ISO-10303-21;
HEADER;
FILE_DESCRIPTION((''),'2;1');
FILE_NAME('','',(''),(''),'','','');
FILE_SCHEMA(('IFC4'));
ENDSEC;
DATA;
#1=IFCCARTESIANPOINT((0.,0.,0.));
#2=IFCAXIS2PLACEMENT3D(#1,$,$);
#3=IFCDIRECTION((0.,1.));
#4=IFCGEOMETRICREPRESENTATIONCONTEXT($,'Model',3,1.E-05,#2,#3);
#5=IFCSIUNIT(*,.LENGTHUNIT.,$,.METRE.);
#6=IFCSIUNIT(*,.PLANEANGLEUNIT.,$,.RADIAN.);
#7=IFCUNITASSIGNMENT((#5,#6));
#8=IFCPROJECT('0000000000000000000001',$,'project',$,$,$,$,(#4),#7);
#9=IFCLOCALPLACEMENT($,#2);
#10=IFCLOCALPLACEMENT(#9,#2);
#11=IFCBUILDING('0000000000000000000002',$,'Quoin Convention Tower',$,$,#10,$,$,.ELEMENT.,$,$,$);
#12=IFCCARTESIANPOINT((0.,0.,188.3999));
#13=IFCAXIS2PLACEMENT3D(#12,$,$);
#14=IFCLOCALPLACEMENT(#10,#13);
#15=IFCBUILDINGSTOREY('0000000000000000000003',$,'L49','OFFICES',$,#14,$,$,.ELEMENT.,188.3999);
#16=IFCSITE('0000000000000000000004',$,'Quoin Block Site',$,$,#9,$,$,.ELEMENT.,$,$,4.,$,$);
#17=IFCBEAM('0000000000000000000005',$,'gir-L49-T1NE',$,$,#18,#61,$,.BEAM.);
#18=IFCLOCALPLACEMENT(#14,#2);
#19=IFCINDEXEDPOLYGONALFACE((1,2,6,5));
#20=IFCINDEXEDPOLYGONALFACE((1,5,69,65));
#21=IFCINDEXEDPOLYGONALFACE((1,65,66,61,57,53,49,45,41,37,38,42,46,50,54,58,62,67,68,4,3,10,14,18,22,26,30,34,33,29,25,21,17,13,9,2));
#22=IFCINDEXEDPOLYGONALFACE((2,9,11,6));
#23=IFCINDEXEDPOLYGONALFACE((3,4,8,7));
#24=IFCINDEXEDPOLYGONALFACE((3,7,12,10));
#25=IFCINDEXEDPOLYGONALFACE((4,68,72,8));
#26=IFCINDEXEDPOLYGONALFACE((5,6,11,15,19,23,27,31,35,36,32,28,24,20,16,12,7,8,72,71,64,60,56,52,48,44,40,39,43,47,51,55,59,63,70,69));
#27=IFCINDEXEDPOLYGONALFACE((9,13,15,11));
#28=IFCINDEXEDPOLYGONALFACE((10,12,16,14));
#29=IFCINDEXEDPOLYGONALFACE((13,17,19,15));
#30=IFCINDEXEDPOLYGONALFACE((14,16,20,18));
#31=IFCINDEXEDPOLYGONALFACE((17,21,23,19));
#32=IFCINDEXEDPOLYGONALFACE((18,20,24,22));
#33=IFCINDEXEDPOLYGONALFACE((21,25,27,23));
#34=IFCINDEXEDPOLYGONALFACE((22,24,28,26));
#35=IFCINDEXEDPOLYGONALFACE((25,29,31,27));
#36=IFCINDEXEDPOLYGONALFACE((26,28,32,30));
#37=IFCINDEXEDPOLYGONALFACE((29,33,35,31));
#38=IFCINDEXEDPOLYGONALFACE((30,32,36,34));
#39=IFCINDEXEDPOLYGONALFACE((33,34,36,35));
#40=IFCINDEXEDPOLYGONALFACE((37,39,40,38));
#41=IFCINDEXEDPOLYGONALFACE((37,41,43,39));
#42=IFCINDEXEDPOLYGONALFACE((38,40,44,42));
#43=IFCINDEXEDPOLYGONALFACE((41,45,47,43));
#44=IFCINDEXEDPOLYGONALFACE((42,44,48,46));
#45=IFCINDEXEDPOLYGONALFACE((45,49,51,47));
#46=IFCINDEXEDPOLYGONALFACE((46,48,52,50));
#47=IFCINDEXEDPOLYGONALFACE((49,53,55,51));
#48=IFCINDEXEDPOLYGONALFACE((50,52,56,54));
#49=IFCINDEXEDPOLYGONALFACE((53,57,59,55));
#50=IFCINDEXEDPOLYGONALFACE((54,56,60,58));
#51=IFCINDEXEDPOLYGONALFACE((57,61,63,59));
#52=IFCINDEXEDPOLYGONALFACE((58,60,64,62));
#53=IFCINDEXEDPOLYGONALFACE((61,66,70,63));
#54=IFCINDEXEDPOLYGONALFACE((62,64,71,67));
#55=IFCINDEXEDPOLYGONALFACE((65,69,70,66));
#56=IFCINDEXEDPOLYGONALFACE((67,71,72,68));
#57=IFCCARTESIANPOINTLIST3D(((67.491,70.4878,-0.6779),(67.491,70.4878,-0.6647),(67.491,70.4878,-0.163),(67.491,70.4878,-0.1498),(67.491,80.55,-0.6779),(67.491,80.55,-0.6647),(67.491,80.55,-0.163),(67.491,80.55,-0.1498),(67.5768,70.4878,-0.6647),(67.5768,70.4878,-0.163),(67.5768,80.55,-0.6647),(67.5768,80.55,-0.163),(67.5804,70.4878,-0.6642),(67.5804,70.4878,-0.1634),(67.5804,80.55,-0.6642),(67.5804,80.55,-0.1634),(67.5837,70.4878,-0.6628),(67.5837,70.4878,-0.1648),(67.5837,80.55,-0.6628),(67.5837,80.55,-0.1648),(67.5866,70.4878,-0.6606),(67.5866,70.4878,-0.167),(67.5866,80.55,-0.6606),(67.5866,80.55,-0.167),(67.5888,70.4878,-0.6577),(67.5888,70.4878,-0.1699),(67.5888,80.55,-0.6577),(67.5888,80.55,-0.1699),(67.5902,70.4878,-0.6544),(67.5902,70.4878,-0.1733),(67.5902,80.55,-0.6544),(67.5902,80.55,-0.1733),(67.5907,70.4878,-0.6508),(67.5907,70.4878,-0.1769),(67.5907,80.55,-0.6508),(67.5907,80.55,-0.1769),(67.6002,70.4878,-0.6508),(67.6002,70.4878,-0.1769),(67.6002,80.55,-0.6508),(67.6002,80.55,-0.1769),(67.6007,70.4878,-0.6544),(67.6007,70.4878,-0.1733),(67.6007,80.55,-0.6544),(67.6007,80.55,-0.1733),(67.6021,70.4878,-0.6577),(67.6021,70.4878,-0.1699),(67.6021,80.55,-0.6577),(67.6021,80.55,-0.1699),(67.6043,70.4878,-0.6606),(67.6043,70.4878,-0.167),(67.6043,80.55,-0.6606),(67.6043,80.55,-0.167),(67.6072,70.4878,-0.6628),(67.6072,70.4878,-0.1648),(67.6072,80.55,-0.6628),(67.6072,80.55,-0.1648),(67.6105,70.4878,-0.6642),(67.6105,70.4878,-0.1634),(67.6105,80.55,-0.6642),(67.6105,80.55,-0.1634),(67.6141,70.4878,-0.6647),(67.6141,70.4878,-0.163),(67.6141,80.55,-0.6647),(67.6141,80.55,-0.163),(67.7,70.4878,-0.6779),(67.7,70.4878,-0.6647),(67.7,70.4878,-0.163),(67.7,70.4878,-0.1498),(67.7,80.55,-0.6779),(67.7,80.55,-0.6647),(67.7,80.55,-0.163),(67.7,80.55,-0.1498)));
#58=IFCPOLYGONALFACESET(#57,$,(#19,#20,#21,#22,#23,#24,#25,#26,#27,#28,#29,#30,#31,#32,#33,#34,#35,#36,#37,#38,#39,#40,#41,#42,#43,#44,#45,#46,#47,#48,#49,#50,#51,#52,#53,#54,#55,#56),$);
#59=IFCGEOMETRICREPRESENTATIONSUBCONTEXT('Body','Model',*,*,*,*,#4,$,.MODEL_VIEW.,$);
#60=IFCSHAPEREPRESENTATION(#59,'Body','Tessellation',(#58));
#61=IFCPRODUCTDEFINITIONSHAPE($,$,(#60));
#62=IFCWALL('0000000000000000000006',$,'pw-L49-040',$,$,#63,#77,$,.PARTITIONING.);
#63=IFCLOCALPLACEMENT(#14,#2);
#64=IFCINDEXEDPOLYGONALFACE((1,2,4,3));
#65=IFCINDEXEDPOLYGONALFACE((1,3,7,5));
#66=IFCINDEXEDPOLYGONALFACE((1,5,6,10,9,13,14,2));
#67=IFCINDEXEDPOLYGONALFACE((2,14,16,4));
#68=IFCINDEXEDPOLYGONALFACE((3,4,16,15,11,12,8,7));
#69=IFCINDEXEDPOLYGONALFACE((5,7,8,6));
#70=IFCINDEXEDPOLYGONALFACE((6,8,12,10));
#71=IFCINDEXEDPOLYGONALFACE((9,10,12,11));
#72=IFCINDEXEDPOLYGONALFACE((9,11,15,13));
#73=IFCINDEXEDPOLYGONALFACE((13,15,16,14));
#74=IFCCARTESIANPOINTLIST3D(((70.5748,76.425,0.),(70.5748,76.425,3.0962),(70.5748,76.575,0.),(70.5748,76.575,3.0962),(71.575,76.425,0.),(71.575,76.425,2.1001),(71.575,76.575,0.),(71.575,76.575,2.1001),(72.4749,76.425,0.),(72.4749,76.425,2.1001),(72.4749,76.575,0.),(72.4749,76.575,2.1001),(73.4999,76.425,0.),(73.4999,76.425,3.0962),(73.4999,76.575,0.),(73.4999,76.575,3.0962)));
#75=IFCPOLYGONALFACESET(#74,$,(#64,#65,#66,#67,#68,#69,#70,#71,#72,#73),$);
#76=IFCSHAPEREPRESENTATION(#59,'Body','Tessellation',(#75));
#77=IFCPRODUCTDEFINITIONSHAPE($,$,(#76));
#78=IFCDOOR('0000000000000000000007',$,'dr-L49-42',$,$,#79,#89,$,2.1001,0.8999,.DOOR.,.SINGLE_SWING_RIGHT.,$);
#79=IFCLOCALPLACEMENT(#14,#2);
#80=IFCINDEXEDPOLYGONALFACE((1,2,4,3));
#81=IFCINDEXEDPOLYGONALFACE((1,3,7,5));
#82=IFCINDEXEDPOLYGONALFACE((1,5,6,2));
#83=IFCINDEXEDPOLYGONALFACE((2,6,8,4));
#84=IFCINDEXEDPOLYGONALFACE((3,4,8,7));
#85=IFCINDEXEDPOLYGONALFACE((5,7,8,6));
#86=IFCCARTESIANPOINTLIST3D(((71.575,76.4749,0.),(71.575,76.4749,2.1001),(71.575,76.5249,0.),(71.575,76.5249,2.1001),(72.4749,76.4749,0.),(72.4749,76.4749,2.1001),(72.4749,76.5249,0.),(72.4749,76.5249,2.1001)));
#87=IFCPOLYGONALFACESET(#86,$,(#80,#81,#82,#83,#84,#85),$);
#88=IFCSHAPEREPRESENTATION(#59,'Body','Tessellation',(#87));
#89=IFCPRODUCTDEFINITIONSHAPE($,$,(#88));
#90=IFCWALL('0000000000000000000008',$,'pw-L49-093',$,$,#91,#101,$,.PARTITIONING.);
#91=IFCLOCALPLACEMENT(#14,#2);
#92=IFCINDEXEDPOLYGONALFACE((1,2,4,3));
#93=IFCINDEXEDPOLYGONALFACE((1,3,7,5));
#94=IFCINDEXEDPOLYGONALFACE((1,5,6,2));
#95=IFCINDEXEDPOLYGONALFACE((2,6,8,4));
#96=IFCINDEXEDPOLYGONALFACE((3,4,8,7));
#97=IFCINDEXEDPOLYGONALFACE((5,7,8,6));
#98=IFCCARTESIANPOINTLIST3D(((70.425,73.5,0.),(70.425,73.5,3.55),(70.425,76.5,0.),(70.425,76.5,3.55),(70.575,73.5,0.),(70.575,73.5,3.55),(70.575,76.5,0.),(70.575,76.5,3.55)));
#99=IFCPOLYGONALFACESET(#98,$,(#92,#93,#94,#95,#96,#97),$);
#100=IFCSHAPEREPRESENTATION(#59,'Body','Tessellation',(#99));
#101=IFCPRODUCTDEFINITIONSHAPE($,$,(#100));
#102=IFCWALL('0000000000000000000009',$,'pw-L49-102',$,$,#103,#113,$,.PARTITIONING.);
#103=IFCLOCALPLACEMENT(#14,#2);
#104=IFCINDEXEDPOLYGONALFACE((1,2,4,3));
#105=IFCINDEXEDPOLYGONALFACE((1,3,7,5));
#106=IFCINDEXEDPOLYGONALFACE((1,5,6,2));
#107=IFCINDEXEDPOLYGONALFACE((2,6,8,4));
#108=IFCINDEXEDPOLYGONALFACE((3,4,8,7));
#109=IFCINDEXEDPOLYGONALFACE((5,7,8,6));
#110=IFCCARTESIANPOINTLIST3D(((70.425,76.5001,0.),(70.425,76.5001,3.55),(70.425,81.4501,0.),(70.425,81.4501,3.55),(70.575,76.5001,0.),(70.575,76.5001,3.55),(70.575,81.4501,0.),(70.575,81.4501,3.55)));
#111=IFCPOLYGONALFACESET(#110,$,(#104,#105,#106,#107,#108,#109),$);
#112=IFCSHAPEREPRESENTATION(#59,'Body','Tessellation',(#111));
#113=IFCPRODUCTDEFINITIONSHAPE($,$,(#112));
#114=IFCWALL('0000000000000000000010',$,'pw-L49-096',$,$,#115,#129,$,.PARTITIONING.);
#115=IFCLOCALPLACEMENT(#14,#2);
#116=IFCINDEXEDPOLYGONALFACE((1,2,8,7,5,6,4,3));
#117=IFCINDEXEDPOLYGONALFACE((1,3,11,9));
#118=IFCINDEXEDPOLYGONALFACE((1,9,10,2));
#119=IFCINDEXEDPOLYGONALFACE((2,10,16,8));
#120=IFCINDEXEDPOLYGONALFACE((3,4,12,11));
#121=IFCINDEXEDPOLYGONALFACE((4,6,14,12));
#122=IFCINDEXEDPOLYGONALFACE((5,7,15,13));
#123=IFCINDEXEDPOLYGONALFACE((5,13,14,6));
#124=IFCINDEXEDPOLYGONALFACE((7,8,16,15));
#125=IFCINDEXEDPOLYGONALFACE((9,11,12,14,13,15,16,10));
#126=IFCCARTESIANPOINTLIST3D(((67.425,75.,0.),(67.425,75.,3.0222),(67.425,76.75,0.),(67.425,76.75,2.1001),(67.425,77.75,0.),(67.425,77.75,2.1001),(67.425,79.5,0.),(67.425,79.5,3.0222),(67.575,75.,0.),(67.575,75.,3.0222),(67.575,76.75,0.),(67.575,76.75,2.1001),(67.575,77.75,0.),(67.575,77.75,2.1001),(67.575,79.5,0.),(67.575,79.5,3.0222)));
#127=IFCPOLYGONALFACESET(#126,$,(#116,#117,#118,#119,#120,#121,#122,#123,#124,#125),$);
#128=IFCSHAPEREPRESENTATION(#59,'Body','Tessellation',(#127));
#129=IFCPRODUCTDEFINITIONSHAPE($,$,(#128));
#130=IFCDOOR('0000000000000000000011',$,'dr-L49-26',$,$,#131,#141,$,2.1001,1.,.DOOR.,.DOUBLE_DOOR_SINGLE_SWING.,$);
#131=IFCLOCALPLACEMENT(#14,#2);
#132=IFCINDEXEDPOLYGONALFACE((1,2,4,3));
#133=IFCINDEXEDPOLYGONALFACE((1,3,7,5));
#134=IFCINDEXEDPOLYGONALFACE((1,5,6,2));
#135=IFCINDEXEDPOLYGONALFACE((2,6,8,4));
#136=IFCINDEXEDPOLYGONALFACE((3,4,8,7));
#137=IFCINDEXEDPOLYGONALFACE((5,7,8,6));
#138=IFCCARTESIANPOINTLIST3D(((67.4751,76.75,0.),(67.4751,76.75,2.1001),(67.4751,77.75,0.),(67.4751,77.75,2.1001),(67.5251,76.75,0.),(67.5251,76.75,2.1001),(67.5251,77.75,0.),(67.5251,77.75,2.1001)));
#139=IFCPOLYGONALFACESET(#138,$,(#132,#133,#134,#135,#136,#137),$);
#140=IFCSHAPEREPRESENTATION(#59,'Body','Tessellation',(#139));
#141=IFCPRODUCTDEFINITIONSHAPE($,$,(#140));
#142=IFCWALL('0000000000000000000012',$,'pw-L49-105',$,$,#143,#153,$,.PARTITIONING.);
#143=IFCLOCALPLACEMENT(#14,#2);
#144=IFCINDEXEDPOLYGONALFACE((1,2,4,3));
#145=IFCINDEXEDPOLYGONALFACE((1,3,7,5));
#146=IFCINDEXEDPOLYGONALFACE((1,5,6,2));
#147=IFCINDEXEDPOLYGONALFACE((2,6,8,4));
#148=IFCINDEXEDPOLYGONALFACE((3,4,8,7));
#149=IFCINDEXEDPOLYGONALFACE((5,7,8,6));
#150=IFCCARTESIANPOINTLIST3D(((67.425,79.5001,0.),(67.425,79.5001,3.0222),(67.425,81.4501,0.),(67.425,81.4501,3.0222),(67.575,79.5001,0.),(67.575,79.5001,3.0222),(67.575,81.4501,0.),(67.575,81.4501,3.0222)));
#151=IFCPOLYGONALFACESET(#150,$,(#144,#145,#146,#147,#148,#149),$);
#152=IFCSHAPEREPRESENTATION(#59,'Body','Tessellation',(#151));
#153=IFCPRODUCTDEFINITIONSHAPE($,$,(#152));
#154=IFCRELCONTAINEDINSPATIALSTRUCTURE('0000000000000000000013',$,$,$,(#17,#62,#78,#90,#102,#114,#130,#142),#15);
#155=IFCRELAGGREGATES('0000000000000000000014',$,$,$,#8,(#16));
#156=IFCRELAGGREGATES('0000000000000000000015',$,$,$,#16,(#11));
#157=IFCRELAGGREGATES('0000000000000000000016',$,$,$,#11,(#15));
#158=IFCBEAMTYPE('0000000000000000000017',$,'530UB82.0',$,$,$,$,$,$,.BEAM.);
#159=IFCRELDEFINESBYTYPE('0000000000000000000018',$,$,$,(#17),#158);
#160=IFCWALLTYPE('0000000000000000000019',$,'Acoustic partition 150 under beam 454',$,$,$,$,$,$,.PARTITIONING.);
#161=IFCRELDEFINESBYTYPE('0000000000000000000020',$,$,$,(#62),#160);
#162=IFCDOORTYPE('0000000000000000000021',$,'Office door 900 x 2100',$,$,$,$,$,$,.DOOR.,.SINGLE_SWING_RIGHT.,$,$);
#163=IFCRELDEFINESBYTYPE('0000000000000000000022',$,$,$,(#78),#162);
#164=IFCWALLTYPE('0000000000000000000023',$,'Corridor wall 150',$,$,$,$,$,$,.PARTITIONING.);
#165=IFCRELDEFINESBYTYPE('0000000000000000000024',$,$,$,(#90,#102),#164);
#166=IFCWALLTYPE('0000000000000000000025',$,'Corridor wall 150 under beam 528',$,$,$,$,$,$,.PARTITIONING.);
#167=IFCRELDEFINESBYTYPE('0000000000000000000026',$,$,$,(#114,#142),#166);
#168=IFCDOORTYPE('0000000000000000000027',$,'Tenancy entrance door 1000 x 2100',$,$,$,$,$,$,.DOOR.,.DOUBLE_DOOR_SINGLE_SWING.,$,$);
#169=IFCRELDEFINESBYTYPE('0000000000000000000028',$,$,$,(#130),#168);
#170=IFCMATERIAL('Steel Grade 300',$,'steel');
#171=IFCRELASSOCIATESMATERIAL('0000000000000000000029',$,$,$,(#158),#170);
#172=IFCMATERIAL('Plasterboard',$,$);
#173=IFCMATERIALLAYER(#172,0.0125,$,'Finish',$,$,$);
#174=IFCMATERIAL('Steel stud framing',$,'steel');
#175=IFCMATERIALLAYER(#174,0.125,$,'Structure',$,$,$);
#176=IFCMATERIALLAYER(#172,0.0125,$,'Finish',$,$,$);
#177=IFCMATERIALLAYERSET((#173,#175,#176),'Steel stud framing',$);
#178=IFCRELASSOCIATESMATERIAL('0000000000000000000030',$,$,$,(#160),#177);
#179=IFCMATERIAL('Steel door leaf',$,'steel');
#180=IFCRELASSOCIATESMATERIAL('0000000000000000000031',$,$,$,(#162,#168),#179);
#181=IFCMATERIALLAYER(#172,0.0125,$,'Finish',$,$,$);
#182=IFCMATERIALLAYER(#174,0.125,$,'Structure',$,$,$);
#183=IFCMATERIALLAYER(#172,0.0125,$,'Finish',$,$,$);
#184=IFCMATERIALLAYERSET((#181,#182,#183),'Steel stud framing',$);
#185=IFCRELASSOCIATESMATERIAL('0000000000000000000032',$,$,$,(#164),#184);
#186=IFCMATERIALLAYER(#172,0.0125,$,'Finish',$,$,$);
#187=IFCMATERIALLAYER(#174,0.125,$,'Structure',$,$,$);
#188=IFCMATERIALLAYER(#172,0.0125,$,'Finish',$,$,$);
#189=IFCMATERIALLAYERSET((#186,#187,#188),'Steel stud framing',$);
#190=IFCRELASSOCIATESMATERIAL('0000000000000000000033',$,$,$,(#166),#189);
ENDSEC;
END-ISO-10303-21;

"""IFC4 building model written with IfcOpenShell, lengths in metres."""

from ifc_helpers import new_model, si_unit, direction, frame, frame_2d, origin, origin_2d, place, context, subcontext, project, spatial, rectangle, i_section, extrude, material, layer, layer_set, material_profile, profile_set, type_object, element, fill, save


model = new_model("IFC4")

# Units and contexts
model_context = context("Model", 3, precision=1e-05, world=origin(), true_north=direction((0.0, 1.0)))
body_context = subcontext(model_context, "Body", "Model", "MODEL_VIEW")
ifc_project = project(units=[si_unit("LENGTHUNIT", "METRE"), si_unit("PLANEANGLEUNIT", "RADIAN")], contexts=[model_context])

# Site, building, storey
site_placement = place(None, origin())
site = spatial("IfcSite", under=ifc_project, at=site_placement, Name="Quoin Block Site", CompositionType="ELEMENT", RefElevation=4.0)
building_placement = place(site_placement, origin())
building = spatial("IfcBuilding", under=site, at=building_placement, Name="Quoin Convention Tower", CompositionType="ELEMENT")
storey_placement = place(building_placement, frame((0.0, 0.0, 188.3999)))
storey = spatial("IfcBuildingStorey", under=building, at=storey_placement, Name="L49", Description="OFFICES", CompositionType="ELEMENT", Elevation=188.3999)

# Beam
ifc_material_1 = material(Name="Steel Grade 300", Category="steel")
ifc_material_profile_1 = material_profile(ifc_material_1, i_section(OverallWidth=0.209, OverallDepth=0.5281, WebThickness=0.0095, FlangeThickness=0.0132, FilletRadius=0.0139, at=origin_2d()), Name="530UB82.0")
ifc_profile_set_1 = profile_set([ifc_material_profile_1], Name="Steel Grade 300")
beam_type_1 = type_object("IfcBeamType", Name="530UB82.0", PredefinedType="BEAM", material=ifc_profile_set_1)
beam_1_placement = place(storey_placement, frame((67.5955, 80.55, -0.4138), z_axis=(0.0, -1.0, 0.0), x_axis=(1.0, 0.0, 0.0)))
element("IfcBeam", 1, at=beam_1_placement, inside=storey, type_object=beam_type_1, Name="gir-L49-T1NE", PredefinedType="BEAM", context=body_context, shape_type="SweptSolid", body=[
    extrude(i_section(OverallWidth=0.209, OverallDepth=0.5281, WebThickness=0.0095, FlangeThickness=0.0132, FilletRadius=0.0139, at=origin_2d()), origin(), (0.0, 0.0, 1.0), 10.0623),
])

# Wall, opening, door
ifc_material_2 = material(Name="Plasterboard")
ifc_layer_1 = layer(ifc_material_2, 0.0125, Name="Finish")
ifc_material_3 = material(Name="Steel stud framing", Category="steel")
ifc_layer_2 = layer(ifc_material_3, 0.125, Name="Structure")
ifc_layer_3 = layer(ifc_material_2, 0.0125, Name="Finish")
ifc_layer_set_1 = layer_set([ifc_layer_1, ifc_layer_2, ifc_layer_3], Name="Steel stud framing")
wall_type_1 = type_object("IfcWallType", Name="Acoustic partition 150 under beam 454", PredefinedType="PARTITIONING", material=ifc_layer_set_1)
wall_1_placement = place(storey_placement, frame((70.575, 76.5, 0.0), z_axis=(0.0, 0.0, 1.0), x_axis=(1.0, 0.0, 0.0)))
wall_1 = element("IfcWall", 2, at=wall_1_placement, inside=storey, type_object=wall_type_1, Name="pw-L49-040", PredefinedType="PARTITIONING", context=body_context, shape_type="SweptSolid", body=[
    extrude(rectangle(XDim=2.925, YDim=0.1499, at=frame_2d((1.4624, 0.0))), origin(), (0.0, 0.0, 1.0), 3.0962),
])
opening_1_placement = place(wall_1_placement, frame((1.0, 0.0, 0.0)))
opening_1 = element("IfcOpeningElement", 3, at=opening_1_placement, cuts=wall_1, PredefinedType="OPENING", context=body_context, shape_type="SweptSolid", body=[
    extrude(rectangle(XDim=0.8999, YDim=2.1001, at=frame_2d((0.45, 1.05))), frame((0.0, 0.085, 0.0), z_axis=(0.0, -1.0, 0.0), x_axis=(1.0, 0.0, 0.0)), (0.0, 0.0, 1.0), 0.1699),
])
ifc_material_4 = material(Name="Steel door leaf", Category="steel")
door_type_1 = type_object("IfcDoorType", Name="Office door 900 x 2100", OperationType="SINGLE_SWING_RIGHT", PredefinedType="DOOR", material=ifc_material_4)
door_1_placement = place(opening_1_placement, origin())
door_1 = element("IfcDoor", 4, at=door_1_placement, inside=storey, type_object=door_type_1, Name="dr-L49-42", OperationType="SINGLE_SWING_RIGHT", OverallHeight=2.1001, OverallWidth=0.8999, PredefinedType="DOOR", context=body_context, shape_type="SweptSolid", body=[
    extrude(rectangle(XDim=0.8999, YDim=2.1001, at=frame_2d((0.45, 1.05))), frame((0.0, 0.0249, 0.0), z_axis=(0.0, -1.0, 0.0), x_axis=(1.0, 0.0, 0.0)), (0.0, 0.0, 1.0), 0.05),
])
fill(opening_1, door_1)

# Walls
ifc_layer_4 = layer(ifc_material_2, 0.0125, Name="Finish")
ifc_layer_5 = layer(ifc_material_3, 0.125, Name="Structure")
ifc_layer_6 = layer(ifc_material_2, 0.0125, Name="Finish")
ifc_layer_set_2 = layer_set([ifc_layer_4, ifc_layer_5, ifc_layer_6], Name="Steel stud framing")
wall_type_2 = type_object("IfcWallType", Name="Corridor wall 150", PredefinedType="PARTITIONING", material=ifc_layer_set_2)
wall_2_placement = place(storey_placement, frame((70.5, 73.5, 0.0), z_axis=(0.0, 0.0, 1.0), x_axis=(0.0, 1.0, 0.0)))
element("IfcWall", 5, at=wall_2_placement, inside=storey, type_object=wall_type_2, Name="pw-L49-093", PredefinedType="PARTITIONING", context=body_context, shape_type="SweptSolid", body=[
    extrude(rectangle(XDim=3.0, YDim=0.1499, at=frame_2d((1.5, 0.0))), origin(), (0.0, 0.0, 1.0), 3.55),
])
wall_3_placement = place(storey_placement, frame((70.5, 76.5, 0.0), z_axis=(0.0, 0.0, 1.0), x_axis=(0.0, 1.0, 0.0)))
element("IfcWall", 6, at=wall_3_placement, inside=storey, type_object=wall_type_2, Name="pw-L49-102", PredefinedType="PARTITIONING", context=body_context, shape_type="SweptSolid", body=[
    extrude(rectangle(XDim=4.95, YDim=0.1499, at=frame_2d((2.4751, 0.0))), origin(), (0.0, 0.0, 1.0), 3.55),
])

# Wall, opening, door
ifc_layer_7 = layer(ifc_material_2, 0.0125, Name="Finish")
ifc_layer_8 = layer(ifc_material_3, 0.125, Name="Structure")
ifc_layer_9 = layer(ifc_material_2, 0.0125, Name="Finish")
ifc_layer_set_3 = layer_set([ifc_layer_7, ifc_layer_8, ifc_layer_9], Name="Steel stud framing")
wall_type_3 = type_object("IfcWallType", Name="Corridor wall 150 under beam 528", PredefinedType="PARTITIONING", material=ifc_layer_set_3)
wall_4_placement = place(storey_placement, frame((67.5, 75.0, 0.0), z_axis=(0.0, 0.0, 1.0), x_axis=(0.0, 1.0, 0.0)))
wall_4 = element("IfcWall", 7, at=wall_4_placement, inside=storey, type_object=wall_type_3, Name="pw-L49-096", PredefinedType="PARTITIONING", context=body_context, shape_type="SweptSolid", body=[
    extrude(rectangle(XDim=4.5, YDim=0.1499, at=frame_2d((2.25, 0.0))), origin(), (0.0, 0.0, 1.0), 3.0222),
])
opening_2_placement = place(wall_4_placement, frame((1.75, 0.0, 0.0)))
opening_2 = element("IfcOpeningElement", 8, at=opening_2_placement, cuts=wall_4, PredefinedType="OPENING", context=body_context, shape_type="SweptSolid", body=[
    extrude(rectangle(XDim=1.0, YDim=2.1001, at=frame_2d((0.5, 1.05))), frame((0.0, 0.085, 0.0), z_axis=(0.0, -1.0, 0.0), x_axis=(1.0, 0.0, 0.0)), (0.0, 0.0, 1.0), 0.1699),
])
door_type_2 = type_object("IfcDoorType", Name="Tenancy entrance door 1000 x 2100", OperationType="DOUBLE_DOOR_SINGLE_SWING", PredefinedType="DOOR", material=ifc_material_4)
door_2_placement = place(opening_2_placement, origin())
door_2 = element("IfcDoor", 9, at=door_2_placement, inside=storey, type_object=door_type_2, Name="dr-L49-26", OperationType="DOUBLE_DOOR_SINGLE_SWING", OverallHeight=2.1001, OverallWidth=1.0, PredefinedType="DOOR", context=body_context, shape_type="SweptSolid", body=[
    extrude(rectangle(XDim=1.0, YDim=2.1001, at=frame_2d((0.5, 1.05))), frame((0.0, 0.0249, 0.0), z_axis=(0.0, -1.0, 0.0), x_axis=(1.0, 0.0, 0.0)), (0.0, 0.0, 1.0), 0.05),
])
fill(opening_2, door_2)

# Wall
wall_5_placement = place(storey_placement, frame((67.5, 79.5, 0.0), z_axis=(0.0, 0.0, 1.0), x_axis=(0.0, 1.0, 0.0)))
element("IfcWall", 10, at=wall_5_placement, inside=storey, type_object=wall_type_3, Name="pw-L49-105", PredefinedType="PARTITIONING", context=body_context, shape_type="SweptSolid", body=[
    extrude(rectangle(XDim=1.95, YDim=0.1499, at=frame_2d((0.9751, 0.0))), origin(), (0.0, 0.0, 1.0), 3.0222),
])

save(model, "model.ifc")
